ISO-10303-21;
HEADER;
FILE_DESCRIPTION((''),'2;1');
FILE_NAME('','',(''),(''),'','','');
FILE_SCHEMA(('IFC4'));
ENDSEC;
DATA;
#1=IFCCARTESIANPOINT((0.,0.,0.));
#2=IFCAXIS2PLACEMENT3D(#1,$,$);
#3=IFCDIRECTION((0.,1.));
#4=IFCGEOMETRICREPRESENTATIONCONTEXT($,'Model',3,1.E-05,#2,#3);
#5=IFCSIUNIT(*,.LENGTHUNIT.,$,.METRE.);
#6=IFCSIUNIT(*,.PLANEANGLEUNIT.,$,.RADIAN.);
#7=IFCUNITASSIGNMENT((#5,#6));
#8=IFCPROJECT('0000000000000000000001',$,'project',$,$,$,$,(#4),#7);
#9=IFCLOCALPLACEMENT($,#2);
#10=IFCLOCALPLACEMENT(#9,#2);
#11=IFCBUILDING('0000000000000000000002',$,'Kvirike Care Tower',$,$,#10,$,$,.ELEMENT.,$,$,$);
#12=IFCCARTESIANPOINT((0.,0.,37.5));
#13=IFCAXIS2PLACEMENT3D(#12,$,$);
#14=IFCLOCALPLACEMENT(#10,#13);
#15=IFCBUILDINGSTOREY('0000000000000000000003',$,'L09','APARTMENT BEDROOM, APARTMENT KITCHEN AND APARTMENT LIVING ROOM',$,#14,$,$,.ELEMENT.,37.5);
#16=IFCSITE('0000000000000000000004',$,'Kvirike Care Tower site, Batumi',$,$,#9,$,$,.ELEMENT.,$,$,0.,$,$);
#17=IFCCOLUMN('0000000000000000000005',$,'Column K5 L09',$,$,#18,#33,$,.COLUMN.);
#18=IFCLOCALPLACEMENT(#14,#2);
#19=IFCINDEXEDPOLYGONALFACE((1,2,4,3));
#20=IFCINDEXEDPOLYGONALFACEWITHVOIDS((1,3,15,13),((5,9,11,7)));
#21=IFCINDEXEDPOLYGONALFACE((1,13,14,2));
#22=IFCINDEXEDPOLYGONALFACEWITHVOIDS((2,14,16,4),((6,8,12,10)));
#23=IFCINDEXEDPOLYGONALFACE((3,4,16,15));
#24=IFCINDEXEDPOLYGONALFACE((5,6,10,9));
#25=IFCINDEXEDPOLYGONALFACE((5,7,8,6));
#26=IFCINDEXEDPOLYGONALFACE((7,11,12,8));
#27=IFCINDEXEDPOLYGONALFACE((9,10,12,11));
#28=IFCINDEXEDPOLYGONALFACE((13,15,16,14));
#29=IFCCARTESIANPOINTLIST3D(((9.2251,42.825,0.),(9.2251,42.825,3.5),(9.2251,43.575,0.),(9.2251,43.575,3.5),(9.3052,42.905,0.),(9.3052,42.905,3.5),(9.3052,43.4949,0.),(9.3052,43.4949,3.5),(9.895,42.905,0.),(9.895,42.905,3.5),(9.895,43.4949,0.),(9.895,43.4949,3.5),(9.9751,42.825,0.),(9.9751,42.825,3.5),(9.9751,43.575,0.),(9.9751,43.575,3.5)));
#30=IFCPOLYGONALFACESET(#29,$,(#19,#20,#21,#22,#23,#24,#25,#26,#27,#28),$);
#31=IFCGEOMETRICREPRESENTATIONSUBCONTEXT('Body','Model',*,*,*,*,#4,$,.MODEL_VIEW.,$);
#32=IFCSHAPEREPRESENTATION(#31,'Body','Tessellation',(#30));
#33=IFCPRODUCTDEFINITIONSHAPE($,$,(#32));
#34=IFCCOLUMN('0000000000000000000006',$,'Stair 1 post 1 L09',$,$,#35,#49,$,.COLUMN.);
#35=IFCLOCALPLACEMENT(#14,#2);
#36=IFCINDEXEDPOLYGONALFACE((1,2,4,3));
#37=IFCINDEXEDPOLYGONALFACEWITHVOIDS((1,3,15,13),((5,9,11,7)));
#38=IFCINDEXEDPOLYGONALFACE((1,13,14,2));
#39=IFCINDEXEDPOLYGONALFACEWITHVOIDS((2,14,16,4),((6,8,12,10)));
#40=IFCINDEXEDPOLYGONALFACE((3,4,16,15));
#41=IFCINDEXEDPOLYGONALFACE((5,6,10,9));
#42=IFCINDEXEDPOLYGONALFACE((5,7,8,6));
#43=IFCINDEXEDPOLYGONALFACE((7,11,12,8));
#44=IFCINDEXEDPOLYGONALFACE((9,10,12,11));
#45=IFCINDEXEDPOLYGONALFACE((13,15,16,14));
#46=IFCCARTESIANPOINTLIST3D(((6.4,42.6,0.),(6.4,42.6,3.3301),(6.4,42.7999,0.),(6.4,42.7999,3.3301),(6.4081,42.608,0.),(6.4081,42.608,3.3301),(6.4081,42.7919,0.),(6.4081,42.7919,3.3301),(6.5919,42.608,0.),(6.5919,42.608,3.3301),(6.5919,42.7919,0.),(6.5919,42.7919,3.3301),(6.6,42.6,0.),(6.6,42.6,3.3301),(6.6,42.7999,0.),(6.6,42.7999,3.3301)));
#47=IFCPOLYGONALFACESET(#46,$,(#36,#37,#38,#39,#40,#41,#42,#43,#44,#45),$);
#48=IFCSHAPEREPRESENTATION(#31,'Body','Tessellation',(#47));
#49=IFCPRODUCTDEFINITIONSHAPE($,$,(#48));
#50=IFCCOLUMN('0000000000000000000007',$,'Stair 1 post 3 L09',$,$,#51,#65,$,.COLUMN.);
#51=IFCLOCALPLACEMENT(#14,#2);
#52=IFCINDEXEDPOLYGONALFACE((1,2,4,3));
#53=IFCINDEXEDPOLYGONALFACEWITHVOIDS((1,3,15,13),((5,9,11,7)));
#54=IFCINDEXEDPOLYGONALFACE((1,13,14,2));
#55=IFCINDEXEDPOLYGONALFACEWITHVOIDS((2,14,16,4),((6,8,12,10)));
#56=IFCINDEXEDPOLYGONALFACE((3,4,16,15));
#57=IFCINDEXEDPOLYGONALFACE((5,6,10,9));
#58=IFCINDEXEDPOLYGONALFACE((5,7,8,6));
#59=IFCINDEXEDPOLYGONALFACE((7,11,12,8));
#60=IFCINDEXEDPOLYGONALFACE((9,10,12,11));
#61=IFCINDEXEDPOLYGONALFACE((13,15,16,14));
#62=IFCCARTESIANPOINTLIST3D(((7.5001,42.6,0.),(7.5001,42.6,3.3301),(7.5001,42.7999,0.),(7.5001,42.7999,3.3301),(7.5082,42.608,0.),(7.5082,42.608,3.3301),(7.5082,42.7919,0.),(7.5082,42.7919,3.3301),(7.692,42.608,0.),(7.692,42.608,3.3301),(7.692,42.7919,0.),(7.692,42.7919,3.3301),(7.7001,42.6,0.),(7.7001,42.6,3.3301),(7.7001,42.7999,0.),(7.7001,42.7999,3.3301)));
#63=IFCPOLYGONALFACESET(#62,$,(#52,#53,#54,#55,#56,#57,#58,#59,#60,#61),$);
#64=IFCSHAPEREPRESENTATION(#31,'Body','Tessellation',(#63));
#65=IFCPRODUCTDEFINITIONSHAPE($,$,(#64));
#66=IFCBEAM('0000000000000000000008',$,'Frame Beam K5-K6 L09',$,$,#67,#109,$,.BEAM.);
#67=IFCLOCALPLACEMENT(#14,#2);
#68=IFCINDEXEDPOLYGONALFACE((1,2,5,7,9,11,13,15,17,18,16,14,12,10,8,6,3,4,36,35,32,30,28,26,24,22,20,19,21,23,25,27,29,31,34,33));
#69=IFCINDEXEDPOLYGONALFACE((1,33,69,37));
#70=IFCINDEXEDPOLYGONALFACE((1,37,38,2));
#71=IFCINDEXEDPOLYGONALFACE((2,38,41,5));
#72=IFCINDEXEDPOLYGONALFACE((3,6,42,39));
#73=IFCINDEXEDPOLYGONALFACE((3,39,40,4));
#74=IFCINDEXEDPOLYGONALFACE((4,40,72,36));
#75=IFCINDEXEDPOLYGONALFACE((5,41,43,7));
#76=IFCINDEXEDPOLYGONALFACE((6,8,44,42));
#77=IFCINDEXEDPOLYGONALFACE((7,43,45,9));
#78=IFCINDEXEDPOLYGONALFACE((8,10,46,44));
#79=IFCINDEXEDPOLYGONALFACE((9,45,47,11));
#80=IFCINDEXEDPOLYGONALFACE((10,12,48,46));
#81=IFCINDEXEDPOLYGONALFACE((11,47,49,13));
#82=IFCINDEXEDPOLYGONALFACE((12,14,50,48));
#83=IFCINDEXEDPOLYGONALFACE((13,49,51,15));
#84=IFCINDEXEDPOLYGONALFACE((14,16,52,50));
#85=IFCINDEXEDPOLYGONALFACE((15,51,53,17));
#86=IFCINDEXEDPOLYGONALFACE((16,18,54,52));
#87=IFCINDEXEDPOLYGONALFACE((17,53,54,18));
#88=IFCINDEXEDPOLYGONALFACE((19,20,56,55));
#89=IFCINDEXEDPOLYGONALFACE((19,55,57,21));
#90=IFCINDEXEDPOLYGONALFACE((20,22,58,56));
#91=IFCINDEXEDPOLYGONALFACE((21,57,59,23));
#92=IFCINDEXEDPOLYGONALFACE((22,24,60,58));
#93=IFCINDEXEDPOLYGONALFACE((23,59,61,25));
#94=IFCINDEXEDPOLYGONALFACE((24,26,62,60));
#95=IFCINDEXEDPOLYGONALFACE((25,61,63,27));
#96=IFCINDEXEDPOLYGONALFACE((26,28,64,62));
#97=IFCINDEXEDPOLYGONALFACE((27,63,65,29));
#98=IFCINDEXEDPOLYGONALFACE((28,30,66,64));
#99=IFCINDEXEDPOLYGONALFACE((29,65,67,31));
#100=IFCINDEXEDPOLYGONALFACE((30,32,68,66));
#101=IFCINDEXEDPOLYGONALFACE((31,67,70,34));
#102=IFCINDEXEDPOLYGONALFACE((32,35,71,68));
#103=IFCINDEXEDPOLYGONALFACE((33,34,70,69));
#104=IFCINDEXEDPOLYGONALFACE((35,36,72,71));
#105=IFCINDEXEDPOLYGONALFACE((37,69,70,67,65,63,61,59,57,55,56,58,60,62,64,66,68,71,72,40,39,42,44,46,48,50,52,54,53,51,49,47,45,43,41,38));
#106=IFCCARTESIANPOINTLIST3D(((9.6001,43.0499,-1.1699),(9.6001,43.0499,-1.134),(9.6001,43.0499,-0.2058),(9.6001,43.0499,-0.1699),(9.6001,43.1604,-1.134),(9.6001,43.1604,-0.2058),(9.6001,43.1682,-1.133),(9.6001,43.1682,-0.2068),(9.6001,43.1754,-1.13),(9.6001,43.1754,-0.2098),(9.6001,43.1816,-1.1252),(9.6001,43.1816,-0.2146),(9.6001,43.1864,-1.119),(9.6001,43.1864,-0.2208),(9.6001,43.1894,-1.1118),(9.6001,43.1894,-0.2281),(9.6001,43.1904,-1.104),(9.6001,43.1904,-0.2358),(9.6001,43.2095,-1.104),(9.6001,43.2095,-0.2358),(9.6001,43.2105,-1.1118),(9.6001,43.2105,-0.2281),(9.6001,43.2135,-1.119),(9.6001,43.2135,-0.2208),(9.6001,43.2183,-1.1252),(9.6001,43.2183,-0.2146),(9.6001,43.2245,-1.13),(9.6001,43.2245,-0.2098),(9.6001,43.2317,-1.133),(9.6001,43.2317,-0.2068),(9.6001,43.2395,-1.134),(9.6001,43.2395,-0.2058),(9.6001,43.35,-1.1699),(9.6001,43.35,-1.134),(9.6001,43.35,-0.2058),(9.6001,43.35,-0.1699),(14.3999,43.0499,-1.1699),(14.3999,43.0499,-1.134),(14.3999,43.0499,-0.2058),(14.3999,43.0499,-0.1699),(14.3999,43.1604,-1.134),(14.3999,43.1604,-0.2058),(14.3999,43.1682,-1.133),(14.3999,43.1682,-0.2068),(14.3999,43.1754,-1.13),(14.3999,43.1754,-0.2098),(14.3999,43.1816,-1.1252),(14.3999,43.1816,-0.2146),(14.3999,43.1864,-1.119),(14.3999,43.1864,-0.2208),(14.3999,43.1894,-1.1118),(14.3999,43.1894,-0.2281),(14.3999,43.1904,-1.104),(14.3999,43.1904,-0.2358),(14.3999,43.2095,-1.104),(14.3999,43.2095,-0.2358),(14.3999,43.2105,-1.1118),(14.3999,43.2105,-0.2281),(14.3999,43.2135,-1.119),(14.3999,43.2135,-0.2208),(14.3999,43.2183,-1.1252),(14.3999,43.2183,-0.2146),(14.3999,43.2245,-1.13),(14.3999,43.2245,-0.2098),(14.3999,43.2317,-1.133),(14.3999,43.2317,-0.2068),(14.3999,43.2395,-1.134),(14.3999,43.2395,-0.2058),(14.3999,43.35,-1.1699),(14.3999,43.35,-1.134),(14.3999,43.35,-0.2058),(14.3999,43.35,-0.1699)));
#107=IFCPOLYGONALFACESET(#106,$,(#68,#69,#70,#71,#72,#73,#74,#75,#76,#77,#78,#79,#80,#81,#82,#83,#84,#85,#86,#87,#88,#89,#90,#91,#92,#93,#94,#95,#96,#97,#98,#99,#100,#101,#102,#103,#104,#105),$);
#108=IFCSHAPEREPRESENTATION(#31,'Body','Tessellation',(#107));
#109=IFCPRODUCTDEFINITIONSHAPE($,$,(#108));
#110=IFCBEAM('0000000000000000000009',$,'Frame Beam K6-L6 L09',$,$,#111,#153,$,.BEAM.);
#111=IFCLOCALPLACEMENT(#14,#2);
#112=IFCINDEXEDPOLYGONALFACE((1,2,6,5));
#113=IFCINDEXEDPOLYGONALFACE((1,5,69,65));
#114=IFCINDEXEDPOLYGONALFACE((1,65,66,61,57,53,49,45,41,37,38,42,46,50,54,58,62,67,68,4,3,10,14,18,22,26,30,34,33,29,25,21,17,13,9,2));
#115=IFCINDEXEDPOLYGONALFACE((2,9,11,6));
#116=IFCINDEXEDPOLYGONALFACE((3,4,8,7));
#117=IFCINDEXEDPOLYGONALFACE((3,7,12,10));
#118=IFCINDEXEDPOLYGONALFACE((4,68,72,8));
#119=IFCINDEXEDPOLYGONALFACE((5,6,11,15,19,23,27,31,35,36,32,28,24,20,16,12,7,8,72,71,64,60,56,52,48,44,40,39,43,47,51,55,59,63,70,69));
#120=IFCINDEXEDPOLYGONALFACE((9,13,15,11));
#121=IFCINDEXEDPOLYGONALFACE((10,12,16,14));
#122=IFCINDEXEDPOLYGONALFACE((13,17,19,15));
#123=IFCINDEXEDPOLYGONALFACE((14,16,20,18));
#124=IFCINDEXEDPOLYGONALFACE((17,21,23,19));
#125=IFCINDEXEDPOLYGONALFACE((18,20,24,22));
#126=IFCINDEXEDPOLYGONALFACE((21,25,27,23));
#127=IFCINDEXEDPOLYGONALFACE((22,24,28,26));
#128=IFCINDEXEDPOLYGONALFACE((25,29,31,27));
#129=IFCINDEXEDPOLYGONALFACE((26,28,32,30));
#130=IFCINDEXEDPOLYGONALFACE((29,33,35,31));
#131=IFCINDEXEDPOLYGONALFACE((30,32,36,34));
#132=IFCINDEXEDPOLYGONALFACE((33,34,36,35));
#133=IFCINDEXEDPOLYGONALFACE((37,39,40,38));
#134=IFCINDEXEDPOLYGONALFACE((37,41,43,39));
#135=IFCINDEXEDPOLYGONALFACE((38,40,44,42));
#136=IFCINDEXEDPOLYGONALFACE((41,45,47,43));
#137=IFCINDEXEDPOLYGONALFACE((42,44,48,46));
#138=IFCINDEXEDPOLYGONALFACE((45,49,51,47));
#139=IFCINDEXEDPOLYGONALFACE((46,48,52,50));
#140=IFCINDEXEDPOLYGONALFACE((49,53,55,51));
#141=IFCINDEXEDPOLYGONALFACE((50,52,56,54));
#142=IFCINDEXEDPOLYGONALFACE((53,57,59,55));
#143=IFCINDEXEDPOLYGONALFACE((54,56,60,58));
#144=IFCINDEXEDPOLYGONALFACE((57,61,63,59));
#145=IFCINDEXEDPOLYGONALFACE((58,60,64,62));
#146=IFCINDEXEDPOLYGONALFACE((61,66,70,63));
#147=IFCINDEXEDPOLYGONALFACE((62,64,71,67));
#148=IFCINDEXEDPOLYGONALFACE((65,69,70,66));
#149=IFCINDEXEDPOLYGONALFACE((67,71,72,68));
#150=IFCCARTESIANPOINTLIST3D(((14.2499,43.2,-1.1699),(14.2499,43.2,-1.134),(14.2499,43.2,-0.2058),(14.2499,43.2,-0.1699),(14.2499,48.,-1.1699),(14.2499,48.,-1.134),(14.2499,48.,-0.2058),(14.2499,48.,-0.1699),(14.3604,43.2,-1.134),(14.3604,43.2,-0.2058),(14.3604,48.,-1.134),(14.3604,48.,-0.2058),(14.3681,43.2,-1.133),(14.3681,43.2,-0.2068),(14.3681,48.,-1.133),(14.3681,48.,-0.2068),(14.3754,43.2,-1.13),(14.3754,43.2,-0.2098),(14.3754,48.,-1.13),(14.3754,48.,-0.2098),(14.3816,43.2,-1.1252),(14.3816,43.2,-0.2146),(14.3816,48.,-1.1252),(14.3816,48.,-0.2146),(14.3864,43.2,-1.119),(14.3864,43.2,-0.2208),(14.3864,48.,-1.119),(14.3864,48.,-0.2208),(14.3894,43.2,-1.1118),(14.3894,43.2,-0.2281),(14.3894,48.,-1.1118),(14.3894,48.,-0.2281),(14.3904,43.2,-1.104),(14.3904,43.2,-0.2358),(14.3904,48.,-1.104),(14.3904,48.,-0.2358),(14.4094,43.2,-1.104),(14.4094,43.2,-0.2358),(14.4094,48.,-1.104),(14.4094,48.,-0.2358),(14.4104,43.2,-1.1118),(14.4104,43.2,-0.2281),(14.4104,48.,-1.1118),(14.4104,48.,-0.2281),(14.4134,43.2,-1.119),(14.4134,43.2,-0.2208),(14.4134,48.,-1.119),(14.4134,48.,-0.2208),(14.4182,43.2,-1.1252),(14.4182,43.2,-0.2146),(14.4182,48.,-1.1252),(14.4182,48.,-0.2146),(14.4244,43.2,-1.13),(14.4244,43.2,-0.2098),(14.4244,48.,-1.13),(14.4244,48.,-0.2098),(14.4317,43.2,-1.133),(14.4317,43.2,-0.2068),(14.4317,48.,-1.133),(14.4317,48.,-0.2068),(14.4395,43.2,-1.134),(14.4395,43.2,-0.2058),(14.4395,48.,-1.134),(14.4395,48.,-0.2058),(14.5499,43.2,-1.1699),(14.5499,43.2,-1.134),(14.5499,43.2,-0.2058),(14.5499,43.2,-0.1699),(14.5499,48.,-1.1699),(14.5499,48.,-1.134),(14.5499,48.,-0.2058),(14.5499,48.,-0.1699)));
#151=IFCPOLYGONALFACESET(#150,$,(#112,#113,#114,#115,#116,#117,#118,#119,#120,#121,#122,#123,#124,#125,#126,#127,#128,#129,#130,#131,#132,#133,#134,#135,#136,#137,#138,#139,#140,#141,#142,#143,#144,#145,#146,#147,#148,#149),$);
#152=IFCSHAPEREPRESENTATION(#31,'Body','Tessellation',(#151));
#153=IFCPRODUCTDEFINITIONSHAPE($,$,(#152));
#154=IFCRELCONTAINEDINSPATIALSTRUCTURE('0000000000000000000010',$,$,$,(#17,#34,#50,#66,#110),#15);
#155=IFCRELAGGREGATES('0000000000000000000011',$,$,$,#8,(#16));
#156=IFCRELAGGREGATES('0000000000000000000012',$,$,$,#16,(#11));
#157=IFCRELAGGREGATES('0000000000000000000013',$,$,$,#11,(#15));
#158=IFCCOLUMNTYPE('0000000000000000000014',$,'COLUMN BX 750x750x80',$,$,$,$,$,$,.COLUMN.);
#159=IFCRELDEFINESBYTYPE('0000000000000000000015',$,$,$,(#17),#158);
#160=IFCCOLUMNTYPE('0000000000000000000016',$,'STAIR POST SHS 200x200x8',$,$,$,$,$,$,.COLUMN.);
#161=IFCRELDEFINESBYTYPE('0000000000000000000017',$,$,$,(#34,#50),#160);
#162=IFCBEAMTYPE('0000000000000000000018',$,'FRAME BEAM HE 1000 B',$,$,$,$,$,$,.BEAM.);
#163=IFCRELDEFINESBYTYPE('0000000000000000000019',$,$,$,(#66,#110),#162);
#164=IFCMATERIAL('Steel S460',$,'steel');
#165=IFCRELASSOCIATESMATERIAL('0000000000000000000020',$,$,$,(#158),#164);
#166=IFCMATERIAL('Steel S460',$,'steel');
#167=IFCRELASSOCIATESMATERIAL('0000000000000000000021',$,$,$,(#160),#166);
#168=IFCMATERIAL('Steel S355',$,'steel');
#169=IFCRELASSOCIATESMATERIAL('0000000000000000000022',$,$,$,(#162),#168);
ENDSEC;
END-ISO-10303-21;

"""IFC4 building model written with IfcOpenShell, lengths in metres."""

from ifc_helpers import new_model, si_unit, direction, frame, origin, origin_2d, place, context, subcontext, project, spatial, hollow_rectangle, i_section, extrude, material, material_profile, profile_set, type_object, element, save


model = new_model("IFC4")

# Units and contexts
model_context = context("Model", 3, precision=1e-05, world=origin(), true_north=direction((0.0, 1.0)))
body_context = subcontext(model_context, "Body", "Model", "MODEL_VIEW")
ifc_project = project(units=[si_unit("LENGTHUNIT", "METRE"), si_unit("PLANEANGLEUNIT", "RADIAN")], contexts=[model_context])

# Site, building, storey
site_placement = place(None, origin())
site = spatial("IfcSite", under=ifc_project, at=site_placement, Name="Kvirike Care Tower site, Batumi", CompositionType="ELEMENT", RefElevation=0.0)
building_placement = place(site_placement, origin())
building = spatial("IfcBuilding", under=site, at=building_placement, Name="Kvirike Care Tower", CompositionType="ELEMENT")
storey_placement = place(building_placement, frame((0.0, 0.0, 37.5)))
storey = spatial("IfcBuildingStorey", under=building, at=storey_placement, Name="L09", Description="APARTMENT BEDROOM, APARTMENT KITCHEN AND APARTMENT LIVING ROOM", CompositionType="ELEMENT", Elevation=37.5)

# Columns
ifc_material_1 = material(Name="Steel S460", Category="steel")
ifc_material_profile_1 = material_profile(ifc_material_1, hollow_rectangle(XDim=0.75, YDim=0.75, WallThickness=0.0801, at=origin_2d()), Name="BX 750x750x80")
ifc_profile_set_1 = profile_set([ifc_material_profile_1], Name="Steel S460")
column_type_1 = type_object("IfcColumnType", Name="COLUMN BX 750x750x80", PredefinedType="COLUMN", material=ifc_profile_set_1)
column_placement = place(storey_placement, frame((9.6001, 43.2, 0.0), z_axis=(0.0, 0.0, 1.0), x_axis=(0.0, 1.0, 0.0)))
element("IfcColumn", 1, at=column_placement, inside=storey, type_object=column_type_1, Name="Column K5 L09", PredefinedType="COLUMN", context=body_context, shape_type="SweptSolid", body=[
    extrude(hollow_rectangle(XDim=0.75, YDim=0.75, WallThickness=0.0801, at=origin_2d()), origin(), (0.0, 0.0, 1.0), 3.5),
])
ifc_material_2 = material(Name="Steel S460", Category="steel")
ifc_material_profile_2 = material_profile(ifc_material_2, hollow_rectangle(XDim=0.2, YDim=0.2, WallThickness=0.0081, at=origin_2d()), Name="SHS 200x200x8")
ifc_profile_set_2 = profile_set([ifc_material_profile_2], Name="Steel S460")
column_type_2 = type_object("IfcColumnType", Name="STAIR POST SHS 200x200x8", PredefinedType="COLUMN", material=ifc_profile_set_2)
for number, where, z_axis, x_axis, name in (
    (2, (6.5, 42.7, 0.0), (0.0, 0.0, 1.0), (1.0, 0.0, 0.0), "Stair 1 post 1 L09"),
    (3, (7.6001, 42.7, 0.0), (0.0, 0.0, 1.0), (1.0, 0.0, 0.0), "Stair 1 post 3 L09"),
):
    element("IfcColumn", number, at=place(storey_placement, frame(where, z_axis=z_axis, x_axis=x_axis)), inside=storey, type_object=column_type_2, Name=name, PredefinedType="COLUMN", context=body_context, shape_type="SweptSolid", body=[
        extrude(hollow_rectangle(XDim=0.2, YDim=0.2, WallThickness=0.0081, at=origin_2d()), origin(), (0.0, 0.0, 1.0), 3.3301),
    ])

# Beams
ifc_material_3 = material(Name="Steel S355", Category="steel")
ifc_material_profile_3 = material_profile(ifc_material_3, i_section(OverallWidth=0.3, OverallDepth=1.0, WebThickness=0.019, FlangeThickness=0.0359, FilletRadius=0.03, at=origin_2d()), Name="HE 1000 B")
ifc_profile_set_3 = profile_set([ifc_material_profile_3], Name="Steel S355")
beam_type_1 = type_object("IfcBeamType", Name="FRAME BEAM HE 1000 B", PredefinedType="BEAM", material=ifc_profile_set_3)
beam_1_placement = place(storey_placement, frame((9.6001, 43.2, -0.6699), z_axis=(1.0, 0.0, 0.0), x_axis=(0.0, 1.0, 0.0)))
element("IfcBeam", 4, at=beam_1_placement, inside=storey, type_object=beam_type_1, Name="Frame Beam K5-K6 L09", PredefinedType="BEAM", context=body_context, shape_type="SweptSolid", body=[
    extrude(i_section(OverallWidth=0.3, OverallDepth=1.0, WebThickness=0.019, FlangeThickness=0.0359, FilletRadius=0.03, at=origin_2d()), origin(), (0.0, 0.0, 1.0), 4.7998),
])
beam_2_placement = place(storey_placement, frame((14.3999, 43.2, -0.6699), z_axis=(0.0, 1.0, 0.0), x_axis=(-1.0, 0.0, 0.0)))
element("IfcBeam", 5, at=beam_2_placement, inside=storey, type_object=beam_type_1, Name="Frame Beam K6-L6 L09", PredefinedType="BEAM", context=body_context, shape_type="SweptSolid", body=[
    extrude(i_section(OverallWidth=0.3, OverallDepth=1.0, WebThickness=0.019, FlangeThickness=0.0359, FilletRadius=0.03, at=origin_2d()), origin(), (0.0, 0.0, 1.0), 4.8),
])

save(model, "model.ifc")
